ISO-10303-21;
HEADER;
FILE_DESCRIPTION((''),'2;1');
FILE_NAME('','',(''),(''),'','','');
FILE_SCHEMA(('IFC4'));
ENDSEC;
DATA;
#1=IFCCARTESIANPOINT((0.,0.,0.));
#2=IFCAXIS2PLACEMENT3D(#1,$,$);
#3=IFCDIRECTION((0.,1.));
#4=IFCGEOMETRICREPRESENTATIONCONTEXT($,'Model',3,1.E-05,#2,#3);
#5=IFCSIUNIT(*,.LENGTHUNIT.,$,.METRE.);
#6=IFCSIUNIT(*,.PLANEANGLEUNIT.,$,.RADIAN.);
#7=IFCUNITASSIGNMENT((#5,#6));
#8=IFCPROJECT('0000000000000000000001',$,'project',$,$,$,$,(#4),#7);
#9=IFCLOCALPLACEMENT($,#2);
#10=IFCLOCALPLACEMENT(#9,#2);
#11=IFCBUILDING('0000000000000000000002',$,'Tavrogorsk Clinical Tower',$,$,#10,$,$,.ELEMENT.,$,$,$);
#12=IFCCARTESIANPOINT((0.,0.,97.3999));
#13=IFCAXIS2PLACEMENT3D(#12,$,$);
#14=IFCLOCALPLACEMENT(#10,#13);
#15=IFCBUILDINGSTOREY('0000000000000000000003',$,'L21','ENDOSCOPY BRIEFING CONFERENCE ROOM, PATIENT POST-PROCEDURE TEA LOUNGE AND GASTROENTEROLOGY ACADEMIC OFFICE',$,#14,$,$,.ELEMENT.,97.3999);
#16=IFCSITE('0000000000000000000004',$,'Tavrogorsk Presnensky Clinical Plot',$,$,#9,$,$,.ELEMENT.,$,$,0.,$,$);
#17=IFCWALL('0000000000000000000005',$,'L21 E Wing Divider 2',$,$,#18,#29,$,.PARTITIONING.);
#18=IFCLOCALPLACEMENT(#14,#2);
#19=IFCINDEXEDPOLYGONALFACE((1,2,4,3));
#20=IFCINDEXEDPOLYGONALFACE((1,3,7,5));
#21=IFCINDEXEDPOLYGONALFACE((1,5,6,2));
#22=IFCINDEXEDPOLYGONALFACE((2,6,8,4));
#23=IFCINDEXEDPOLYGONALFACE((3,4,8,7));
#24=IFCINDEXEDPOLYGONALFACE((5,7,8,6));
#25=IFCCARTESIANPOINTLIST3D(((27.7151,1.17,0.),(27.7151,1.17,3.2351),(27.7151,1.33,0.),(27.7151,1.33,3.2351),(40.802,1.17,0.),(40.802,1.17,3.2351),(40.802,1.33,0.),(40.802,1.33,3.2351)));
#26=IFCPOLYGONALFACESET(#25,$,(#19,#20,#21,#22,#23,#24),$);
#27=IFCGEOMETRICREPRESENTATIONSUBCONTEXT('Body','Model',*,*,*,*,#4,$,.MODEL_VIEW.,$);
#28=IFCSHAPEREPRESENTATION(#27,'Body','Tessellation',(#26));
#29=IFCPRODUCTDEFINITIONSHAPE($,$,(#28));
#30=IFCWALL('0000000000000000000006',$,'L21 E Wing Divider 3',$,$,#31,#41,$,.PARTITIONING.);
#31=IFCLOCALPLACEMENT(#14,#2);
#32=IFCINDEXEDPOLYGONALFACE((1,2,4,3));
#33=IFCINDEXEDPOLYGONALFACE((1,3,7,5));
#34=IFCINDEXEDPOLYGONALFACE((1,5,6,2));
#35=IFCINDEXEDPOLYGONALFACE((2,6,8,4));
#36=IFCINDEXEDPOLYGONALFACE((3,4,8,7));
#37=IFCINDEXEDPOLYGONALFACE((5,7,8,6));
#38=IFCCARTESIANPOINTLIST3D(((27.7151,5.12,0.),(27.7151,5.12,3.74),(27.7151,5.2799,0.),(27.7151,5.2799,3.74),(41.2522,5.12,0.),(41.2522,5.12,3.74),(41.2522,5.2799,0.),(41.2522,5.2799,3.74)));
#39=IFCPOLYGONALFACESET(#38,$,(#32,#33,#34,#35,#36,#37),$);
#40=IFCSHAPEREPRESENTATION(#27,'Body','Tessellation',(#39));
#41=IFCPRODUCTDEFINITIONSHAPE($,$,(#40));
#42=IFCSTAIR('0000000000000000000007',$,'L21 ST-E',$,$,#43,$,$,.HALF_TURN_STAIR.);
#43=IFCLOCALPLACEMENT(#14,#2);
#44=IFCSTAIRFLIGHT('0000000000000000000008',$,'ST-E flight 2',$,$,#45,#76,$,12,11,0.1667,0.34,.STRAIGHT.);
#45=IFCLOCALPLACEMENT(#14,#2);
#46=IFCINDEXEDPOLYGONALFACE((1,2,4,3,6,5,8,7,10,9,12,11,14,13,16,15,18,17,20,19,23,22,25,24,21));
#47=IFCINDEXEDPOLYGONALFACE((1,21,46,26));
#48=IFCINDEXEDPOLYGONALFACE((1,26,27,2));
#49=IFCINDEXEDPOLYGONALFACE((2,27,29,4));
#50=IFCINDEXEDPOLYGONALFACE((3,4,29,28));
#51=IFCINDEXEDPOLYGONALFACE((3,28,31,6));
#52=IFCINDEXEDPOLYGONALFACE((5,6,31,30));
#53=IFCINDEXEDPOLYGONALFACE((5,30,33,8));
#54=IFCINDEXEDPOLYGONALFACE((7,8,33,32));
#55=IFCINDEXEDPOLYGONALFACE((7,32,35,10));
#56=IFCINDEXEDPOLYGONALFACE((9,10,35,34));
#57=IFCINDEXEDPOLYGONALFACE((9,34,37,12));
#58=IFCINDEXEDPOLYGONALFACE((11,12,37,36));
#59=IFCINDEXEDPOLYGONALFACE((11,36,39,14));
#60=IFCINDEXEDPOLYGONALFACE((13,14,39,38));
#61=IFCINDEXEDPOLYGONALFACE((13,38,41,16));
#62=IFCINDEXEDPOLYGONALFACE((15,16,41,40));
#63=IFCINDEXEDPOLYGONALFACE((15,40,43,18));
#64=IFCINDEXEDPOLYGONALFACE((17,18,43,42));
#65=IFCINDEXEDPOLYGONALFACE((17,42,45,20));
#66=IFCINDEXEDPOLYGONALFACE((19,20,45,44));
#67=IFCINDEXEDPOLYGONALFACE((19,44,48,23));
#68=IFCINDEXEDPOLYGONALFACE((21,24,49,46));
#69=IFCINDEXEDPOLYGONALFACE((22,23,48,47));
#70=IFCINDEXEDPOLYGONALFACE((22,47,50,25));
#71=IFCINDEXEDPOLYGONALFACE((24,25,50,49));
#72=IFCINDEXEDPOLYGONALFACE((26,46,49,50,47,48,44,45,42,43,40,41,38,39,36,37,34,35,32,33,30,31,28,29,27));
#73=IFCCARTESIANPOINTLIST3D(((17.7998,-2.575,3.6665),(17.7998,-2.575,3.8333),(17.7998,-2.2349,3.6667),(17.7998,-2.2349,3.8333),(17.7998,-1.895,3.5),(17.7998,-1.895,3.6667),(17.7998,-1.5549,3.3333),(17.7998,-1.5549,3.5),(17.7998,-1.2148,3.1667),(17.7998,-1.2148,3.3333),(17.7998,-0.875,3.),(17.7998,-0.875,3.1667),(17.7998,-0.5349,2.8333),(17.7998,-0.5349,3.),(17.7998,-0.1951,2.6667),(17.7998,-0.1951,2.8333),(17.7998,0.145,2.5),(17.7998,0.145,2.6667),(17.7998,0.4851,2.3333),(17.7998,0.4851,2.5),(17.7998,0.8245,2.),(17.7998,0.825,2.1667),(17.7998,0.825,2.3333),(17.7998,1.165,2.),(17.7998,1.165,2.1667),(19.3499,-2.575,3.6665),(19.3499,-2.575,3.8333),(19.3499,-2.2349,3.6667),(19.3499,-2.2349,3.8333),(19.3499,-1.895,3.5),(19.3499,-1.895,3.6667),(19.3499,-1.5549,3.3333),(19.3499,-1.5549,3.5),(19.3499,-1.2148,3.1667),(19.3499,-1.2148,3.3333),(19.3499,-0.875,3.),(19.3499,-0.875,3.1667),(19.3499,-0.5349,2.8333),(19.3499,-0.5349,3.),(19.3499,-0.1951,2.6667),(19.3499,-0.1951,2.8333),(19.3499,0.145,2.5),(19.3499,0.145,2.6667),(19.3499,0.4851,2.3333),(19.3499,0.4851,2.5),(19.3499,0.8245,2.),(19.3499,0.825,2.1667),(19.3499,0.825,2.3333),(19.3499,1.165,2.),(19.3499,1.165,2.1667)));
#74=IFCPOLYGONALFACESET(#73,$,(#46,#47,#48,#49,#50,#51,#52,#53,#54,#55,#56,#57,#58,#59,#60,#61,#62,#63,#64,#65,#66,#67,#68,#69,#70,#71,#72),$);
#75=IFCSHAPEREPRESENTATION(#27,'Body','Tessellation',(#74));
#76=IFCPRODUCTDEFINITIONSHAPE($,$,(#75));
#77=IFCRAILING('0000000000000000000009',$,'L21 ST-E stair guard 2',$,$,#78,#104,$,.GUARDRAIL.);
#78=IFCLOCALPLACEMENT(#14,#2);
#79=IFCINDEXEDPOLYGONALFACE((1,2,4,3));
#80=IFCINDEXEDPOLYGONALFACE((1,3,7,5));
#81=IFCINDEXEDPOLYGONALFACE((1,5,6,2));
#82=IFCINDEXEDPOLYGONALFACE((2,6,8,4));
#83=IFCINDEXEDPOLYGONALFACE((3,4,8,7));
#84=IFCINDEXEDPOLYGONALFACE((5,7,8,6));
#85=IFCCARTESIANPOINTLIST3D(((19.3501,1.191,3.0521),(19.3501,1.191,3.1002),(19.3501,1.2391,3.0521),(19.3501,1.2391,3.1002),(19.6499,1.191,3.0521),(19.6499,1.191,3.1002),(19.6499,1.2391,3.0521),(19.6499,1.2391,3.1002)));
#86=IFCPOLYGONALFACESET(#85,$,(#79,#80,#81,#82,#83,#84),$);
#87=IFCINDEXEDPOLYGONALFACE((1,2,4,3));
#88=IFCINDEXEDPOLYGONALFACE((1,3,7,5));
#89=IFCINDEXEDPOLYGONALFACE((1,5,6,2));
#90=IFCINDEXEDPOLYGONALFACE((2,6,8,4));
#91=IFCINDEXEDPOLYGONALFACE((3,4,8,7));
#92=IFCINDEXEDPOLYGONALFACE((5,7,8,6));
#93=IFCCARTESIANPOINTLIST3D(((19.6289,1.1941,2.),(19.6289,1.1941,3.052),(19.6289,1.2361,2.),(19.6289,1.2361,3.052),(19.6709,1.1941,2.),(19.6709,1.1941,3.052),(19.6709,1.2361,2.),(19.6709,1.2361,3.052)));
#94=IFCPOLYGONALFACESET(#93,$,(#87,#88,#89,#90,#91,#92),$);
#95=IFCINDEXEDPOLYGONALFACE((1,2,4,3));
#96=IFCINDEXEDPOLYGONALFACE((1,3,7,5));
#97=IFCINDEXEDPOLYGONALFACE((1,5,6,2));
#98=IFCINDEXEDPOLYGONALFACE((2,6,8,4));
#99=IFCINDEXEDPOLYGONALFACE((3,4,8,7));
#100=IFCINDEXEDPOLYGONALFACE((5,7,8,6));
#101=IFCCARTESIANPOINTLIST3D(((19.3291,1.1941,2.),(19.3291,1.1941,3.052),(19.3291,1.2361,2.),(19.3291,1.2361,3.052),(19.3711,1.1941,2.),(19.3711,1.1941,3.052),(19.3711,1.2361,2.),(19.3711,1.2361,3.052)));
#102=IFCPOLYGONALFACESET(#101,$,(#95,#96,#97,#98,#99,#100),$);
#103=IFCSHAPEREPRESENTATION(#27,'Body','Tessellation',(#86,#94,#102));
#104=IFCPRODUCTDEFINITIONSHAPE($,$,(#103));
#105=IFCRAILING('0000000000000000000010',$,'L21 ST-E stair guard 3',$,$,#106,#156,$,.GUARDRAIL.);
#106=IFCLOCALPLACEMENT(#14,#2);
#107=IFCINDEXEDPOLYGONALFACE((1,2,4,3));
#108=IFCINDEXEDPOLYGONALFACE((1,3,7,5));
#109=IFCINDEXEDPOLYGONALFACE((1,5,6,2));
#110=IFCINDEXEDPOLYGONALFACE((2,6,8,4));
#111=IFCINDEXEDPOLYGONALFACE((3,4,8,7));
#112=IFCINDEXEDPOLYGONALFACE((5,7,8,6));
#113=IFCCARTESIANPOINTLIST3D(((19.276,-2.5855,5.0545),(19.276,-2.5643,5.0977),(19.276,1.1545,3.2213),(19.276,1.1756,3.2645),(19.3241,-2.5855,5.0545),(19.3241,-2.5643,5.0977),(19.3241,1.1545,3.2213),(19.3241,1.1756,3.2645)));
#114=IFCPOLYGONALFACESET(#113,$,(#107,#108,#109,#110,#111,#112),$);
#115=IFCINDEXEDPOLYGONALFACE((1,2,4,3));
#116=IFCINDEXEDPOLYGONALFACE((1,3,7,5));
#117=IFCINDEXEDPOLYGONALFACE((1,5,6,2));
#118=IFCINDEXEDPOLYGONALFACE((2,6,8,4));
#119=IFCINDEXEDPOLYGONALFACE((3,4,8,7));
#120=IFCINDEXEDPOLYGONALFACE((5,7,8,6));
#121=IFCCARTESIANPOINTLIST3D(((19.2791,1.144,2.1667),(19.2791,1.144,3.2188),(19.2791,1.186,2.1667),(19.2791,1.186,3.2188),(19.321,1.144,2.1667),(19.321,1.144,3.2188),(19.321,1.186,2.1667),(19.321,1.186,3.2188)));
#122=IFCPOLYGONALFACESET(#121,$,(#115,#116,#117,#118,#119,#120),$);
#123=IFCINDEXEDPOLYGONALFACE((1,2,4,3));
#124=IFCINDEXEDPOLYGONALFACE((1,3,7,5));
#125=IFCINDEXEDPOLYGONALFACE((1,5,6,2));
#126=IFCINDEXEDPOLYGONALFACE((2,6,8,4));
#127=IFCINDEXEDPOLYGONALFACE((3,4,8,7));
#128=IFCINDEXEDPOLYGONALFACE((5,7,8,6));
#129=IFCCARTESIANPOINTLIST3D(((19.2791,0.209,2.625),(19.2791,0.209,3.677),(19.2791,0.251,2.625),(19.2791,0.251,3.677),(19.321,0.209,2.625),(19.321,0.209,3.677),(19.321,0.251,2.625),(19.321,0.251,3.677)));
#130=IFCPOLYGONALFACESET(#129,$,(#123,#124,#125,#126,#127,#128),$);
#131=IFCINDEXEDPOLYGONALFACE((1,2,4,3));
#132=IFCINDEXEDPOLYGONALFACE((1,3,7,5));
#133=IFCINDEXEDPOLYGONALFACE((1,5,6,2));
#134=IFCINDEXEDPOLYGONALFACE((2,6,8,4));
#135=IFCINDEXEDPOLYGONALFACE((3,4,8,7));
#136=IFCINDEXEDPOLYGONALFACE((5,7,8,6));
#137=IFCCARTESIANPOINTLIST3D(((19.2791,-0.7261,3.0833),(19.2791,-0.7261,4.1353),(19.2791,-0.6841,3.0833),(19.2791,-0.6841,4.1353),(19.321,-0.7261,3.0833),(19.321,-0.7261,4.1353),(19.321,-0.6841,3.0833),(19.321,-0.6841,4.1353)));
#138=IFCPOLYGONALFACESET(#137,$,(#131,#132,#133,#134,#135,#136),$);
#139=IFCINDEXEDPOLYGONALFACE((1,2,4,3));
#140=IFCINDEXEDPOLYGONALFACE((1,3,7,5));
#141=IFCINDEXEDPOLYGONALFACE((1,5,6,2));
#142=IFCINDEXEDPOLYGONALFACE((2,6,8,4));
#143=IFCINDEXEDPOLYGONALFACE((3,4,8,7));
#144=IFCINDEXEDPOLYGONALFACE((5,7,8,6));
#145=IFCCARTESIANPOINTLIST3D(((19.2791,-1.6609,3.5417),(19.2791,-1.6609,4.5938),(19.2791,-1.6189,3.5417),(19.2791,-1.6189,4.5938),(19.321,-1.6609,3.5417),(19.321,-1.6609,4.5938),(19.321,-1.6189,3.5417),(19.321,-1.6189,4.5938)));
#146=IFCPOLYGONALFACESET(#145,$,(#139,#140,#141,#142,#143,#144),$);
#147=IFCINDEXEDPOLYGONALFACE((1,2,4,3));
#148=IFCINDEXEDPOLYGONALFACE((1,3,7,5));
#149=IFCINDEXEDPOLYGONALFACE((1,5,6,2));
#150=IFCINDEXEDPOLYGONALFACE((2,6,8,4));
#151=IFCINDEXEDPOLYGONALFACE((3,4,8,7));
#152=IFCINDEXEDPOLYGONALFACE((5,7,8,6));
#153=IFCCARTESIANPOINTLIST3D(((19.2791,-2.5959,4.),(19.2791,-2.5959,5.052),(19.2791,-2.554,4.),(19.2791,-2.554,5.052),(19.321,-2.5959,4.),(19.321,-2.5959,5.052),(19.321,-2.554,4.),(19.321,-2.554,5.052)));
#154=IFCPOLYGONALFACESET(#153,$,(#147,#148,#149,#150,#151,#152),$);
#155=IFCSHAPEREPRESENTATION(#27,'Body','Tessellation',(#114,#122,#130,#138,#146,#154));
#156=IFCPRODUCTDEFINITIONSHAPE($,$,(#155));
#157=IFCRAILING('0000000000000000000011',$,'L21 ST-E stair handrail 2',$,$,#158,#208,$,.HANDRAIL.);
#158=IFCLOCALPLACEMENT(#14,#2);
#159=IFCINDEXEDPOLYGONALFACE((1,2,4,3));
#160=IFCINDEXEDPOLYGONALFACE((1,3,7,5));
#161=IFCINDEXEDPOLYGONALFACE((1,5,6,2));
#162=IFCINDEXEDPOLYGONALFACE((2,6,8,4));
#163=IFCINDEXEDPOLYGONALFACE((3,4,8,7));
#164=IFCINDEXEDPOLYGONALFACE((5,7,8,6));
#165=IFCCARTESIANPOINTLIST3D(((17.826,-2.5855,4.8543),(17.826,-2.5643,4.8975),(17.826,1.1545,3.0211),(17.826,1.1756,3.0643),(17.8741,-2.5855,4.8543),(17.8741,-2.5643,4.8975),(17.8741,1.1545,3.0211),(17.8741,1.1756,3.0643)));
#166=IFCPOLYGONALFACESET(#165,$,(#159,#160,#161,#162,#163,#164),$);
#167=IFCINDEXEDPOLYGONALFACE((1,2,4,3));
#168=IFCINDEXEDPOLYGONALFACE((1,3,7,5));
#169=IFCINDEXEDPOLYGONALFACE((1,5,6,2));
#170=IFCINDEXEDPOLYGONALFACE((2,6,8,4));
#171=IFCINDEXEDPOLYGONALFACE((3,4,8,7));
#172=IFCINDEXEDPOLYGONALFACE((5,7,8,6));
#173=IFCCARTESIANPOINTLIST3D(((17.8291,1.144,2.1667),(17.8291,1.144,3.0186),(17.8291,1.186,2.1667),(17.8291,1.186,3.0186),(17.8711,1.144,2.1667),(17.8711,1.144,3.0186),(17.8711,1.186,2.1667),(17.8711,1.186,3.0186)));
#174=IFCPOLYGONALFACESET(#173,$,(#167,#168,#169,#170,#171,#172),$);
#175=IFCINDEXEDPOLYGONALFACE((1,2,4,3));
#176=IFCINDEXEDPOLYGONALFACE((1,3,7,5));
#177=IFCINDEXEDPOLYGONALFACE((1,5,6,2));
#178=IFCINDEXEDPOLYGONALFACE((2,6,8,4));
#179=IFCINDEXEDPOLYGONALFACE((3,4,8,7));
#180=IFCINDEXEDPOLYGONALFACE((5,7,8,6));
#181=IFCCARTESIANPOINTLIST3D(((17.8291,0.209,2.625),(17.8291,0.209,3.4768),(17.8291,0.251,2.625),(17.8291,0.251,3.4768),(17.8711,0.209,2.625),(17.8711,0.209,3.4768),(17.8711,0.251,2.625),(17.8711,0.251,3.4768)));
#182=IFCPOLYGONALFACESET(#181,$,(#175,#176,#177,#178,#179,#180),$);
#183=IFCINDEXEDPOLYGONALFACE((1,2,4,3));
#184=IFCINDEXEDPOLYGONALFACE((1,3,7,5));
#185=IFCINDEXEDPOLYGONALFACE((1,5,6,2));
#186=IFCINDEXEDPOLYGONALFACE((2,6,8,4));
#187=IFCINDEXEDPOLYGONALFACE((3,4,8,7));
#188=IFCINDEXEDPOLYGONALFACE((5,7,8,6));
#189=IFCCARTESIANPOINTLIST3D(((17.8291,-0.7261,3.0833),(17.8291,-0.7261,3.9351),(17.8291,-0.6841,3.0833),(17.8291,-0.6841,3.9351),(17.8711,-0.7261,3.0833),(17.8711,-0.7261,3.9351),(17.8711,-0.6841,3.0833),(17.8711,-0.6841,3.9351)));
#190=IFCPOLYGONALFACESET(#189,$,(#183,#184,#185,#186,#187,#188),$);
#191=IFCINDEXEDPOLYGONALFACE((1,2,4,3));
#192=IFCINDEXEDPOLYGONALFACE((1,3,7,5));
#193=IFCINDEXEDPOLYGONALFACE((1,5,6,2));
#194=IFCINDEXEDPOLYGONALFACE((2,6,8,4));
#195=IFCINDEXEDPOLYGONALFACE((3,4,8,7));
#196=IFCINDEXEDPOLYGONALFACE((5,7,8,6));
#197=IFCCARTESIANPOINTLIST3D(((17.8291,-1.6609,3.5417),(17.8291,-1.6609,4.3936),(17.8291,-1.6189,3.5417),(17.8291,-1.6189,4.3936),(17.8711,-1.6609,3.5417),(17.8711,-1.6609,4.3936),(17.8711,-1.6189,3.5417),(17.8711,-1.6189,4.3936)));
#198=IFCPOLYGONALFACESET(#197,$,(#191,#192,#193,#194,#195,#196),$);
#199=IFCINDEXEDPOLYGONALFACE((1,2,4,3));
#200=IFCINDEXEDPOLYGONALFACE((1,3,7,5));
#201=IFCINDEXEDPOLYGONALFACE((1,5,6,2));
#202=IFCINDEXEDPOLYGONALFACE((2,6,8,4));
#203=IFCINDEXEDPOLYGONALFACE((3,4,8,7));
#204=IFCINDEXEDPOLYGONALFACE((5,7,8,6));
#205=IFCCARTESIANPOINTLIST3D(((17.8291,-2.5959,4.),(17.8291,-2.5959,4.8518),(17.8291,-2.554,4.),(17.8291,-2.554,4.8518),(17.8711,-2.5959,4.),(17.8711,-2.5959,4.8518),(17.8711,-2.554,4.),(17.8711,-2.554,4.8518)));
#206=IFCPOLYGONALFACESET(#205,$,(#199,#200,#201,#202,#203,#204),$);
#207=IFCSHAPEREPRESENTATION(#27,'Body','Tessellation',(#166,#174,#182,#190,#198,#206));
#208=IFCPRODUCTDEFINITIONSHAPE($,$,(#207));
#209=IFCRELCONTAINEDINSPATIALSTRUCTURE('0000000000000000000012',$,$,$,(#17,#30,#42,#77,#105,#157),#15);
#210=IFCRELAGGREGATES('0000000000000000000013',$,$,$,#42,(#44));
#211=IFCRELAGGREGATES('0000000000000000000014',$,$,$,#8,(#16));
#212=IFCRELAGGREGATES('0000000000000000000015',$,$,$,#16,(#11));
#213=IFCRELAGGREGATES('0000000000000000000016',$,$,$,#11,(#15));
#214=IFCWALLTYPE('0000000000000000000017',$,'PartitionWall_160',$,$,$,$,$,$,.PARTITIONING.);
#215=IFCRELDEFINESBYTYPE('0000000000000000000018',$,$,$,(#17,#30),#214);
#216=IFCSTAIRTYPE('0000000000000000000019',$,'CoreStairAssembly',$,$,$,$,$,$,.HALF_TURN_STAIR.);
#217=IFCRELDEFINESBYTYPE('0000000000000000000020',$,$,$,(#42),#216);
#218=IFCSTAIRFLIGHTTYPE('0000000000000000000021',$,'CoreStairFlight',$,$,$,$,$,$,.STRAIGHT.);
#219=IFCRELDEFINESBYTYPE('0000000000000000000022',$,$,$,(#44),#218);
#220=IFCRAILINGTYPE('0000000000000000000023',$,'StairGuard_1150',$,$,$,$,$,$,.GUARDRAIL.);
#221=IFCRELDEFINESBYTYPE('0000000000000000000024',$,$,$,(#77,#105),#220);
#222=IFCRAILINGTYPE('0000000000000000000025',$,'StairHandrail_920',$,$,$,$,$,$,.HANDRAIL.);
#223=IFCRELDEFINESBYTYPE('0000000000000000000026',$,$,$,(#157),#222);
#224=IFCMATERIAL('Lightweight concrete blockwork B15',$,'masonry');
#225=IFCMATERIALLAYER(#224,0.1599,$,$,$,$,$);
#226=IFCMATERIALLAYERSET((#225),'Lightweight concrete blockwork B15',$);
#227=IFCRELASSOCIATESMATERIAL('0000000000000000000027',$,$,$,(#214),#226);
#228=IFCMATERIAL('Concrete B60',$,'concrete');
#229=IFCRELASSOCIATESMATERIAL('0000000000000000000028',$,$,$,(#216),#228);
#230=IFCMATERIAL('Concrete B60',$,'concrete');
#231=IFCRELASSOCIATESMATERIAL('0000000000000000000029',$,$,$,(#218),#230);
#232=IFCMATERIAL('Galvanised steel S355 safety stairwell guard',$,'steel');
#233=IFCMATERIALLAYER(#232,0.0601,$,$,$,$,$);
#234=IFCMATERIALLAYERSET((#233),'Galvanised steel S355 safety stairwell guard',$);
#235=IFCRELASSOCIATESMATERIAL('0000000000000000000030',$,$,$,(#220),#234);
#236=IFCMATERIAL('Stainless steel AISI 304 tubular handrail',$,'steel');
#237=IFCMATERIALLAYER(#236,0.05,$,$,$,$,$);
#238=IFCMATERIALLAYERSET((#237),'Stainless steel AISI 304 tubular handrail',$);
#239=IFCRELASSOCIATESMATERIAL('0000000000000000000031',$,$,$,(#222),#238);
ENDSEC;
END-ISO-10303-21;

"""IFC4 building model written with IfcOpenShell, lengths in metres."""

from ifc_helpers import new_model, si_unit, direction, frame, frame_2d, origin, origin_2d, place, context, subcontext, project, spatial, polyline, rectangle, outline, extrude, material, layer, layer_set, type_object, element, aggregate, save


model = new_model("IFC4")

# Units and contexts
model_context = context("Model", 3, precision=1e-05, world=origin(), true_north=direction((0.0, 1.0)))
body_context = subcontext(model_context, "Body", "Model", "MODEL_VIEW")
ifc_project = project(units=[si_unit("LENGTHUNIT", "METRE"), si_unit("PLANEANGLEUNIT", "RADIAN")], contexts=[model_context])

# Site, building, storey
site_placement = place(None, origin())
site = spatial("IfcSite", under=ifc_project, at=site_placement, Name="Tavrogorsk Presnensky Clinical Plot", CompositionType="ELEMENT", RefElevation=0.0)
building_placement = place(site_placement, origin())
building = spatial("IfcBuilding", under=site, at=building_placement, Name="Tavrogorsk Clinical Tower", CompositionType="ELEMENT")
storey_placement = place(building_placement, frame((0.0, 0.0, 97.3999)))
storey = spatial("IfcBuildingStorey", under=building, at=storey_placement, Name="L21", Description="ENDOSCOPY BRIEFING CONFERENCE ROOM, PATIENT POST-PROCEDURE TEA LOUNGE AND GASTROENTEROLOGY ACADEMIC OFFICE", CompositionType="ELEMENT", Elevation=97.3999)

# Shared definitions
ifc_material_1 = material(Name="Lightweight concrete blockwork B15", Category="masonry")
ifc_layer_1 = layer(ifc_material_1, 0.1599)
ifc_layer_set_1 = layer_set([ifc_layer_1], Name="Lightweight concrete blockwork B15")
wall_type = type_object("IfcWallType", Name="PartitionWall_160", PredefinedType="PARTITIONING", material=ifc_layer_set_1)

# Walls
wall_1_placement = place(storey_placement, frame((27.7151, 1.25, 0.0), z_axis=(0.0, 0.0, 1.0), x_axis=(1.0, 0.0, 0.0)))
element("IfcWall", 1, at=wall_1_placement, inside=storey, type_object=wall_type, Name="L21 E Wing Divider 2", PredefinedType="PARTITIONING", context=body_context, shape_type="SweptSolid", body=[
    extrude(rectangle(XDim=13.0869, YDim=0.1599, at=frame_2d((6.5435, 0.0))), origin(), (0.0, 0.0, 1.0), 3.2351),
])
wall_2_placement = place(storey_placement, frame((27.7151, 5.2, 0.0), z_axis=(0.0, 0.0, 1.0), x_axis=(1.0, 0.0, 0.0)))
element("IfcWall", 2, at=wall_2_placement, inside=storey, type_object=wall_type, Name="L21 E Wing Divider 3", PredefinedType="PARTITIONING", context=body_context, shape_type="SweptSolid", body=[
    extrude(rectangle(XDim=13.5371, YDim=0.1599, at=frame_2d((6.7686, 0.0))), origin(), (0.0, 0.0, 1.0), 3.74),
])

# Stair, stair flight
ifc_material_2 = material(Name="Concrete B60", Category="concrete")
stair_type = type_object("IfcStairType", Name="CoreStairAssembly", PredefinedType="HALF_TURN_STAIR", material=ifc_material_2)
stair_placement = place(storey_placement, origin())
stair = element("IfcStair", 3, at=stair_placement, inside=storey, type_object=stair_type, Name="L21 ST-E", PredefinedType="HALF_TURN_STAIR")
ifc_material_3 = material(Name="Concrete B60", Category="concrete")
stair_flight_type = type_object("IfcStairFlightType", Name="CoreStairFlight", PredefinedType="STRAIGHT", material=ifc_material_3)
stair_flight_placement = place(storey_placement, frame((18.575, 1.165, 2.0), z_axis=(0.0, 0.0, 1.0), x_axis=(0.0, -1.0, 0.0)))
stair_flight = element("IfcStairFlight", 4, at=stair_flight_placement, type_object=stair_flight_type, Name="ST-E flight 2", NumberOfRisers=12, NumberOfTreads=11, PredefinedType="STRAIGHT", RiserHeight=0.1667, TreadLength=0.34, context=body_context, shape_type="SweptSolid", body=[
    extrude(outline(polyline([(0.0, 0.0), (0.0, 0.1667), (0.3401, 0.1667), (0.3401, 0.3333), (0.6799, 0.3333), (0.6799, 0.5), (1.02, 0.5), (1.02, 0.6667), (1.3601, 0.6667), (1.3601, 0.8333), (1.7, 0.8333), (1.7, 1.0), (2.04, 1.0), (2.04, 1.1667), (2.3799, 1.1667), (2.3799, 1.3333), (2.72, 1.3333), (2.72, 1.5), (3.0601, 1.5), (3.0601, 1.6667), (3.3999, 1.6667), (3.3999, 1.8333), (3.74, 1.8333), (3.74, 2.0), (3.74, 1.6665), (0.3406, 0.0), (0.0, 0.0)])), frame((0.0, 0.7749, 0.0), z_axis=(0.0, -1.0, 0.0), x_axis=(1.0, 0.0, 0.0)), (0.0, 0.0, 1.0), 1.55),
])
aggregate(stair, [stair_flight])

# Railings
ifc_material_4 = material(Name="Galvanised steel S355 safety stairwell guard", Category="steel")
ifc_layer_2 = layer(ifc_material_4, 0.0601)
ifc_layer_set_2 = layer_set([ifc_layer_2], Name="Galvanised steel S355 safety stairwell guard")
railing_type_1 = type_object("IfcRailingType", Name="StairGuard_1150", PredefinedType="GUARDRAIL", material=ifc_layer_set_2)
railing_1_placement = place(storey_placement, frame((19.6499, 1.2151, 2.0)))
element("IfcRailing", 5, at=railing_1_placement, inside=storey, type_object=railing_type_1, Name="L21 ST-E stair guard 2", PredefinedType="GUARDRAIL", context=body_context, shape_type="SweptSolid", body=[
    extrude(rectangle(XDim=0.0481, YDim=0.0481, at=origin_2d()), frame((0.0, 0.0, 1.0762), z_axis=(-1.0, 0.0, 0.0), x_axis=(0.0, -1.0, 0.0)), (0.0, 0.0, 1.0), 0.2998),
    extrude(rectangle(XDim=0.042, YDim=0.042, at=origin_2d()), origin(), (0.0, 0.0, 1.0), 1.052),
    extrude(rectangle(XDim=0.042, YDim=0.042, at=origin_2d()), frame((-0.2998, 0.0, 0.0)), (0.0, 0.0, 1.0), 1.052),
])
railing_2_placement = place(storey_placement, frame((19.3, 1.165, 2.1667)))
element("IfcRailing", 6, at=railing_2_placement, inside=storey, type_object=railing_type_1, Name="L21 ST-E stair guard 3", PredefinedType="GUARDRAIL", context=body_context, shape_type="SweptSolid", body=[
    extrude(rectangle(XDim=0.0481, YDim=0.0481, at=origin_2d()), frame((0.0, 0.0, 1.0762), z_axis=(0.0, -0.897928, 0.440142), x_axis=(1.0, 0.0, 0.0)), (0.0, 0.0, 1.0), 4.165),
    extrude(rectangle(XDim=0.042, YDim=0.042, at=origin_2d()), origin(), (0.0, 0.0, 1.0), 1.052),
    extrude(rectangle(XDim=0.042, YDim=0.042, at=origin_2d()), frame((0.0, -0.9351, 0.4583)), (0.0, 0.0, 1.0), 1.052),
    extrude(rectangle(XDim=0.042, YDim=0.042, at=origin_2d()), frame((0.0, -1.8701, 0.9165)), (0.0, 0.0, 1.0), 1.052),
    extrude(rectangle(XDim=0.042, YDim=0.042, at=origin_2d()), frame((0.0, -2.8049, 1.375)), (0.0, 0.0, 1.0), 1.052),
    extrude(rectangle(XDim=0.042, YDim=0.042, at=origin_2d()), frame((0.0, -3.74, 1.8333)), (0.0, 0.0, 1.0), 1.052),
])
ifc_material_5 = material(Name="Stainless steel AISI 304 tubular handrail", Category="steel")
ifc_layer_3 = layer(ifc_material_5, 0.05)
ifc_layer_set_3 = layer_set([ifc_layer_3], Name="Stainless steel AISI 304 tubular handrail")
railing_type_2 = type_object("IfcRailingType", Name="StairHandrail_920", PredefinedType="HANDRAIL", material=ifc_layer_set_3)
railing_3_placement = place(storey_placement, frame((17.8501, 1.165, 2.1667)))
element("IfcRailing", 7, at=railing_3_placement, inside=storey, type_object=railing_type_2, Name="L21 ST-E stair handrail 2", PredefinedType="HANDRAIL", context=body_context, shape_type="SweptSolid", body=[
    extrude(rectangle(XDim=0.0481, YDim=0.0481, at=origin_2d()), frame((0.0, 0.0, 0.876), z_axis=(0.0, -0.897928, 0.440142), x_axis=(1.0, 0.0, 0.0)), (0.0, 0.0, 1.0), 4.165),
    extrude(rectangle(XDim=0.042, YDim=0.042, at=origin_2d()), origin(), (0.0, 0.0, 1.0), 0.8518),
    extrude(rectangle(XDim=0.042, YDim=0.042, at=origin_2d()), frame((0.0, -0.9351, 0.4583)), (0.0, 0.0, 1.0), 0.8518),
    extrude(rectangle(XDim=0.042, YDim=0.042, at=origin_2d()), frame((0.0, -1.8701, 0.9165)), (0.0, 0.0, 1.0), 0.8518),
    extrude(rectangle(XDim=0.042, YDim=0.042, at=origin_2d()), frame((0.0, -2.8049, 1.375)), (0.0, 0.0, 1.0), 0.8518),
    extrude(rectangle(XDim=0.042, YDim=0.042, at=origin_2d()), frame((0.0, -3.74, 1.8333)), (0.0, 0.0, 1.0), 0.8518),
])

save(model, "model.ifc")
